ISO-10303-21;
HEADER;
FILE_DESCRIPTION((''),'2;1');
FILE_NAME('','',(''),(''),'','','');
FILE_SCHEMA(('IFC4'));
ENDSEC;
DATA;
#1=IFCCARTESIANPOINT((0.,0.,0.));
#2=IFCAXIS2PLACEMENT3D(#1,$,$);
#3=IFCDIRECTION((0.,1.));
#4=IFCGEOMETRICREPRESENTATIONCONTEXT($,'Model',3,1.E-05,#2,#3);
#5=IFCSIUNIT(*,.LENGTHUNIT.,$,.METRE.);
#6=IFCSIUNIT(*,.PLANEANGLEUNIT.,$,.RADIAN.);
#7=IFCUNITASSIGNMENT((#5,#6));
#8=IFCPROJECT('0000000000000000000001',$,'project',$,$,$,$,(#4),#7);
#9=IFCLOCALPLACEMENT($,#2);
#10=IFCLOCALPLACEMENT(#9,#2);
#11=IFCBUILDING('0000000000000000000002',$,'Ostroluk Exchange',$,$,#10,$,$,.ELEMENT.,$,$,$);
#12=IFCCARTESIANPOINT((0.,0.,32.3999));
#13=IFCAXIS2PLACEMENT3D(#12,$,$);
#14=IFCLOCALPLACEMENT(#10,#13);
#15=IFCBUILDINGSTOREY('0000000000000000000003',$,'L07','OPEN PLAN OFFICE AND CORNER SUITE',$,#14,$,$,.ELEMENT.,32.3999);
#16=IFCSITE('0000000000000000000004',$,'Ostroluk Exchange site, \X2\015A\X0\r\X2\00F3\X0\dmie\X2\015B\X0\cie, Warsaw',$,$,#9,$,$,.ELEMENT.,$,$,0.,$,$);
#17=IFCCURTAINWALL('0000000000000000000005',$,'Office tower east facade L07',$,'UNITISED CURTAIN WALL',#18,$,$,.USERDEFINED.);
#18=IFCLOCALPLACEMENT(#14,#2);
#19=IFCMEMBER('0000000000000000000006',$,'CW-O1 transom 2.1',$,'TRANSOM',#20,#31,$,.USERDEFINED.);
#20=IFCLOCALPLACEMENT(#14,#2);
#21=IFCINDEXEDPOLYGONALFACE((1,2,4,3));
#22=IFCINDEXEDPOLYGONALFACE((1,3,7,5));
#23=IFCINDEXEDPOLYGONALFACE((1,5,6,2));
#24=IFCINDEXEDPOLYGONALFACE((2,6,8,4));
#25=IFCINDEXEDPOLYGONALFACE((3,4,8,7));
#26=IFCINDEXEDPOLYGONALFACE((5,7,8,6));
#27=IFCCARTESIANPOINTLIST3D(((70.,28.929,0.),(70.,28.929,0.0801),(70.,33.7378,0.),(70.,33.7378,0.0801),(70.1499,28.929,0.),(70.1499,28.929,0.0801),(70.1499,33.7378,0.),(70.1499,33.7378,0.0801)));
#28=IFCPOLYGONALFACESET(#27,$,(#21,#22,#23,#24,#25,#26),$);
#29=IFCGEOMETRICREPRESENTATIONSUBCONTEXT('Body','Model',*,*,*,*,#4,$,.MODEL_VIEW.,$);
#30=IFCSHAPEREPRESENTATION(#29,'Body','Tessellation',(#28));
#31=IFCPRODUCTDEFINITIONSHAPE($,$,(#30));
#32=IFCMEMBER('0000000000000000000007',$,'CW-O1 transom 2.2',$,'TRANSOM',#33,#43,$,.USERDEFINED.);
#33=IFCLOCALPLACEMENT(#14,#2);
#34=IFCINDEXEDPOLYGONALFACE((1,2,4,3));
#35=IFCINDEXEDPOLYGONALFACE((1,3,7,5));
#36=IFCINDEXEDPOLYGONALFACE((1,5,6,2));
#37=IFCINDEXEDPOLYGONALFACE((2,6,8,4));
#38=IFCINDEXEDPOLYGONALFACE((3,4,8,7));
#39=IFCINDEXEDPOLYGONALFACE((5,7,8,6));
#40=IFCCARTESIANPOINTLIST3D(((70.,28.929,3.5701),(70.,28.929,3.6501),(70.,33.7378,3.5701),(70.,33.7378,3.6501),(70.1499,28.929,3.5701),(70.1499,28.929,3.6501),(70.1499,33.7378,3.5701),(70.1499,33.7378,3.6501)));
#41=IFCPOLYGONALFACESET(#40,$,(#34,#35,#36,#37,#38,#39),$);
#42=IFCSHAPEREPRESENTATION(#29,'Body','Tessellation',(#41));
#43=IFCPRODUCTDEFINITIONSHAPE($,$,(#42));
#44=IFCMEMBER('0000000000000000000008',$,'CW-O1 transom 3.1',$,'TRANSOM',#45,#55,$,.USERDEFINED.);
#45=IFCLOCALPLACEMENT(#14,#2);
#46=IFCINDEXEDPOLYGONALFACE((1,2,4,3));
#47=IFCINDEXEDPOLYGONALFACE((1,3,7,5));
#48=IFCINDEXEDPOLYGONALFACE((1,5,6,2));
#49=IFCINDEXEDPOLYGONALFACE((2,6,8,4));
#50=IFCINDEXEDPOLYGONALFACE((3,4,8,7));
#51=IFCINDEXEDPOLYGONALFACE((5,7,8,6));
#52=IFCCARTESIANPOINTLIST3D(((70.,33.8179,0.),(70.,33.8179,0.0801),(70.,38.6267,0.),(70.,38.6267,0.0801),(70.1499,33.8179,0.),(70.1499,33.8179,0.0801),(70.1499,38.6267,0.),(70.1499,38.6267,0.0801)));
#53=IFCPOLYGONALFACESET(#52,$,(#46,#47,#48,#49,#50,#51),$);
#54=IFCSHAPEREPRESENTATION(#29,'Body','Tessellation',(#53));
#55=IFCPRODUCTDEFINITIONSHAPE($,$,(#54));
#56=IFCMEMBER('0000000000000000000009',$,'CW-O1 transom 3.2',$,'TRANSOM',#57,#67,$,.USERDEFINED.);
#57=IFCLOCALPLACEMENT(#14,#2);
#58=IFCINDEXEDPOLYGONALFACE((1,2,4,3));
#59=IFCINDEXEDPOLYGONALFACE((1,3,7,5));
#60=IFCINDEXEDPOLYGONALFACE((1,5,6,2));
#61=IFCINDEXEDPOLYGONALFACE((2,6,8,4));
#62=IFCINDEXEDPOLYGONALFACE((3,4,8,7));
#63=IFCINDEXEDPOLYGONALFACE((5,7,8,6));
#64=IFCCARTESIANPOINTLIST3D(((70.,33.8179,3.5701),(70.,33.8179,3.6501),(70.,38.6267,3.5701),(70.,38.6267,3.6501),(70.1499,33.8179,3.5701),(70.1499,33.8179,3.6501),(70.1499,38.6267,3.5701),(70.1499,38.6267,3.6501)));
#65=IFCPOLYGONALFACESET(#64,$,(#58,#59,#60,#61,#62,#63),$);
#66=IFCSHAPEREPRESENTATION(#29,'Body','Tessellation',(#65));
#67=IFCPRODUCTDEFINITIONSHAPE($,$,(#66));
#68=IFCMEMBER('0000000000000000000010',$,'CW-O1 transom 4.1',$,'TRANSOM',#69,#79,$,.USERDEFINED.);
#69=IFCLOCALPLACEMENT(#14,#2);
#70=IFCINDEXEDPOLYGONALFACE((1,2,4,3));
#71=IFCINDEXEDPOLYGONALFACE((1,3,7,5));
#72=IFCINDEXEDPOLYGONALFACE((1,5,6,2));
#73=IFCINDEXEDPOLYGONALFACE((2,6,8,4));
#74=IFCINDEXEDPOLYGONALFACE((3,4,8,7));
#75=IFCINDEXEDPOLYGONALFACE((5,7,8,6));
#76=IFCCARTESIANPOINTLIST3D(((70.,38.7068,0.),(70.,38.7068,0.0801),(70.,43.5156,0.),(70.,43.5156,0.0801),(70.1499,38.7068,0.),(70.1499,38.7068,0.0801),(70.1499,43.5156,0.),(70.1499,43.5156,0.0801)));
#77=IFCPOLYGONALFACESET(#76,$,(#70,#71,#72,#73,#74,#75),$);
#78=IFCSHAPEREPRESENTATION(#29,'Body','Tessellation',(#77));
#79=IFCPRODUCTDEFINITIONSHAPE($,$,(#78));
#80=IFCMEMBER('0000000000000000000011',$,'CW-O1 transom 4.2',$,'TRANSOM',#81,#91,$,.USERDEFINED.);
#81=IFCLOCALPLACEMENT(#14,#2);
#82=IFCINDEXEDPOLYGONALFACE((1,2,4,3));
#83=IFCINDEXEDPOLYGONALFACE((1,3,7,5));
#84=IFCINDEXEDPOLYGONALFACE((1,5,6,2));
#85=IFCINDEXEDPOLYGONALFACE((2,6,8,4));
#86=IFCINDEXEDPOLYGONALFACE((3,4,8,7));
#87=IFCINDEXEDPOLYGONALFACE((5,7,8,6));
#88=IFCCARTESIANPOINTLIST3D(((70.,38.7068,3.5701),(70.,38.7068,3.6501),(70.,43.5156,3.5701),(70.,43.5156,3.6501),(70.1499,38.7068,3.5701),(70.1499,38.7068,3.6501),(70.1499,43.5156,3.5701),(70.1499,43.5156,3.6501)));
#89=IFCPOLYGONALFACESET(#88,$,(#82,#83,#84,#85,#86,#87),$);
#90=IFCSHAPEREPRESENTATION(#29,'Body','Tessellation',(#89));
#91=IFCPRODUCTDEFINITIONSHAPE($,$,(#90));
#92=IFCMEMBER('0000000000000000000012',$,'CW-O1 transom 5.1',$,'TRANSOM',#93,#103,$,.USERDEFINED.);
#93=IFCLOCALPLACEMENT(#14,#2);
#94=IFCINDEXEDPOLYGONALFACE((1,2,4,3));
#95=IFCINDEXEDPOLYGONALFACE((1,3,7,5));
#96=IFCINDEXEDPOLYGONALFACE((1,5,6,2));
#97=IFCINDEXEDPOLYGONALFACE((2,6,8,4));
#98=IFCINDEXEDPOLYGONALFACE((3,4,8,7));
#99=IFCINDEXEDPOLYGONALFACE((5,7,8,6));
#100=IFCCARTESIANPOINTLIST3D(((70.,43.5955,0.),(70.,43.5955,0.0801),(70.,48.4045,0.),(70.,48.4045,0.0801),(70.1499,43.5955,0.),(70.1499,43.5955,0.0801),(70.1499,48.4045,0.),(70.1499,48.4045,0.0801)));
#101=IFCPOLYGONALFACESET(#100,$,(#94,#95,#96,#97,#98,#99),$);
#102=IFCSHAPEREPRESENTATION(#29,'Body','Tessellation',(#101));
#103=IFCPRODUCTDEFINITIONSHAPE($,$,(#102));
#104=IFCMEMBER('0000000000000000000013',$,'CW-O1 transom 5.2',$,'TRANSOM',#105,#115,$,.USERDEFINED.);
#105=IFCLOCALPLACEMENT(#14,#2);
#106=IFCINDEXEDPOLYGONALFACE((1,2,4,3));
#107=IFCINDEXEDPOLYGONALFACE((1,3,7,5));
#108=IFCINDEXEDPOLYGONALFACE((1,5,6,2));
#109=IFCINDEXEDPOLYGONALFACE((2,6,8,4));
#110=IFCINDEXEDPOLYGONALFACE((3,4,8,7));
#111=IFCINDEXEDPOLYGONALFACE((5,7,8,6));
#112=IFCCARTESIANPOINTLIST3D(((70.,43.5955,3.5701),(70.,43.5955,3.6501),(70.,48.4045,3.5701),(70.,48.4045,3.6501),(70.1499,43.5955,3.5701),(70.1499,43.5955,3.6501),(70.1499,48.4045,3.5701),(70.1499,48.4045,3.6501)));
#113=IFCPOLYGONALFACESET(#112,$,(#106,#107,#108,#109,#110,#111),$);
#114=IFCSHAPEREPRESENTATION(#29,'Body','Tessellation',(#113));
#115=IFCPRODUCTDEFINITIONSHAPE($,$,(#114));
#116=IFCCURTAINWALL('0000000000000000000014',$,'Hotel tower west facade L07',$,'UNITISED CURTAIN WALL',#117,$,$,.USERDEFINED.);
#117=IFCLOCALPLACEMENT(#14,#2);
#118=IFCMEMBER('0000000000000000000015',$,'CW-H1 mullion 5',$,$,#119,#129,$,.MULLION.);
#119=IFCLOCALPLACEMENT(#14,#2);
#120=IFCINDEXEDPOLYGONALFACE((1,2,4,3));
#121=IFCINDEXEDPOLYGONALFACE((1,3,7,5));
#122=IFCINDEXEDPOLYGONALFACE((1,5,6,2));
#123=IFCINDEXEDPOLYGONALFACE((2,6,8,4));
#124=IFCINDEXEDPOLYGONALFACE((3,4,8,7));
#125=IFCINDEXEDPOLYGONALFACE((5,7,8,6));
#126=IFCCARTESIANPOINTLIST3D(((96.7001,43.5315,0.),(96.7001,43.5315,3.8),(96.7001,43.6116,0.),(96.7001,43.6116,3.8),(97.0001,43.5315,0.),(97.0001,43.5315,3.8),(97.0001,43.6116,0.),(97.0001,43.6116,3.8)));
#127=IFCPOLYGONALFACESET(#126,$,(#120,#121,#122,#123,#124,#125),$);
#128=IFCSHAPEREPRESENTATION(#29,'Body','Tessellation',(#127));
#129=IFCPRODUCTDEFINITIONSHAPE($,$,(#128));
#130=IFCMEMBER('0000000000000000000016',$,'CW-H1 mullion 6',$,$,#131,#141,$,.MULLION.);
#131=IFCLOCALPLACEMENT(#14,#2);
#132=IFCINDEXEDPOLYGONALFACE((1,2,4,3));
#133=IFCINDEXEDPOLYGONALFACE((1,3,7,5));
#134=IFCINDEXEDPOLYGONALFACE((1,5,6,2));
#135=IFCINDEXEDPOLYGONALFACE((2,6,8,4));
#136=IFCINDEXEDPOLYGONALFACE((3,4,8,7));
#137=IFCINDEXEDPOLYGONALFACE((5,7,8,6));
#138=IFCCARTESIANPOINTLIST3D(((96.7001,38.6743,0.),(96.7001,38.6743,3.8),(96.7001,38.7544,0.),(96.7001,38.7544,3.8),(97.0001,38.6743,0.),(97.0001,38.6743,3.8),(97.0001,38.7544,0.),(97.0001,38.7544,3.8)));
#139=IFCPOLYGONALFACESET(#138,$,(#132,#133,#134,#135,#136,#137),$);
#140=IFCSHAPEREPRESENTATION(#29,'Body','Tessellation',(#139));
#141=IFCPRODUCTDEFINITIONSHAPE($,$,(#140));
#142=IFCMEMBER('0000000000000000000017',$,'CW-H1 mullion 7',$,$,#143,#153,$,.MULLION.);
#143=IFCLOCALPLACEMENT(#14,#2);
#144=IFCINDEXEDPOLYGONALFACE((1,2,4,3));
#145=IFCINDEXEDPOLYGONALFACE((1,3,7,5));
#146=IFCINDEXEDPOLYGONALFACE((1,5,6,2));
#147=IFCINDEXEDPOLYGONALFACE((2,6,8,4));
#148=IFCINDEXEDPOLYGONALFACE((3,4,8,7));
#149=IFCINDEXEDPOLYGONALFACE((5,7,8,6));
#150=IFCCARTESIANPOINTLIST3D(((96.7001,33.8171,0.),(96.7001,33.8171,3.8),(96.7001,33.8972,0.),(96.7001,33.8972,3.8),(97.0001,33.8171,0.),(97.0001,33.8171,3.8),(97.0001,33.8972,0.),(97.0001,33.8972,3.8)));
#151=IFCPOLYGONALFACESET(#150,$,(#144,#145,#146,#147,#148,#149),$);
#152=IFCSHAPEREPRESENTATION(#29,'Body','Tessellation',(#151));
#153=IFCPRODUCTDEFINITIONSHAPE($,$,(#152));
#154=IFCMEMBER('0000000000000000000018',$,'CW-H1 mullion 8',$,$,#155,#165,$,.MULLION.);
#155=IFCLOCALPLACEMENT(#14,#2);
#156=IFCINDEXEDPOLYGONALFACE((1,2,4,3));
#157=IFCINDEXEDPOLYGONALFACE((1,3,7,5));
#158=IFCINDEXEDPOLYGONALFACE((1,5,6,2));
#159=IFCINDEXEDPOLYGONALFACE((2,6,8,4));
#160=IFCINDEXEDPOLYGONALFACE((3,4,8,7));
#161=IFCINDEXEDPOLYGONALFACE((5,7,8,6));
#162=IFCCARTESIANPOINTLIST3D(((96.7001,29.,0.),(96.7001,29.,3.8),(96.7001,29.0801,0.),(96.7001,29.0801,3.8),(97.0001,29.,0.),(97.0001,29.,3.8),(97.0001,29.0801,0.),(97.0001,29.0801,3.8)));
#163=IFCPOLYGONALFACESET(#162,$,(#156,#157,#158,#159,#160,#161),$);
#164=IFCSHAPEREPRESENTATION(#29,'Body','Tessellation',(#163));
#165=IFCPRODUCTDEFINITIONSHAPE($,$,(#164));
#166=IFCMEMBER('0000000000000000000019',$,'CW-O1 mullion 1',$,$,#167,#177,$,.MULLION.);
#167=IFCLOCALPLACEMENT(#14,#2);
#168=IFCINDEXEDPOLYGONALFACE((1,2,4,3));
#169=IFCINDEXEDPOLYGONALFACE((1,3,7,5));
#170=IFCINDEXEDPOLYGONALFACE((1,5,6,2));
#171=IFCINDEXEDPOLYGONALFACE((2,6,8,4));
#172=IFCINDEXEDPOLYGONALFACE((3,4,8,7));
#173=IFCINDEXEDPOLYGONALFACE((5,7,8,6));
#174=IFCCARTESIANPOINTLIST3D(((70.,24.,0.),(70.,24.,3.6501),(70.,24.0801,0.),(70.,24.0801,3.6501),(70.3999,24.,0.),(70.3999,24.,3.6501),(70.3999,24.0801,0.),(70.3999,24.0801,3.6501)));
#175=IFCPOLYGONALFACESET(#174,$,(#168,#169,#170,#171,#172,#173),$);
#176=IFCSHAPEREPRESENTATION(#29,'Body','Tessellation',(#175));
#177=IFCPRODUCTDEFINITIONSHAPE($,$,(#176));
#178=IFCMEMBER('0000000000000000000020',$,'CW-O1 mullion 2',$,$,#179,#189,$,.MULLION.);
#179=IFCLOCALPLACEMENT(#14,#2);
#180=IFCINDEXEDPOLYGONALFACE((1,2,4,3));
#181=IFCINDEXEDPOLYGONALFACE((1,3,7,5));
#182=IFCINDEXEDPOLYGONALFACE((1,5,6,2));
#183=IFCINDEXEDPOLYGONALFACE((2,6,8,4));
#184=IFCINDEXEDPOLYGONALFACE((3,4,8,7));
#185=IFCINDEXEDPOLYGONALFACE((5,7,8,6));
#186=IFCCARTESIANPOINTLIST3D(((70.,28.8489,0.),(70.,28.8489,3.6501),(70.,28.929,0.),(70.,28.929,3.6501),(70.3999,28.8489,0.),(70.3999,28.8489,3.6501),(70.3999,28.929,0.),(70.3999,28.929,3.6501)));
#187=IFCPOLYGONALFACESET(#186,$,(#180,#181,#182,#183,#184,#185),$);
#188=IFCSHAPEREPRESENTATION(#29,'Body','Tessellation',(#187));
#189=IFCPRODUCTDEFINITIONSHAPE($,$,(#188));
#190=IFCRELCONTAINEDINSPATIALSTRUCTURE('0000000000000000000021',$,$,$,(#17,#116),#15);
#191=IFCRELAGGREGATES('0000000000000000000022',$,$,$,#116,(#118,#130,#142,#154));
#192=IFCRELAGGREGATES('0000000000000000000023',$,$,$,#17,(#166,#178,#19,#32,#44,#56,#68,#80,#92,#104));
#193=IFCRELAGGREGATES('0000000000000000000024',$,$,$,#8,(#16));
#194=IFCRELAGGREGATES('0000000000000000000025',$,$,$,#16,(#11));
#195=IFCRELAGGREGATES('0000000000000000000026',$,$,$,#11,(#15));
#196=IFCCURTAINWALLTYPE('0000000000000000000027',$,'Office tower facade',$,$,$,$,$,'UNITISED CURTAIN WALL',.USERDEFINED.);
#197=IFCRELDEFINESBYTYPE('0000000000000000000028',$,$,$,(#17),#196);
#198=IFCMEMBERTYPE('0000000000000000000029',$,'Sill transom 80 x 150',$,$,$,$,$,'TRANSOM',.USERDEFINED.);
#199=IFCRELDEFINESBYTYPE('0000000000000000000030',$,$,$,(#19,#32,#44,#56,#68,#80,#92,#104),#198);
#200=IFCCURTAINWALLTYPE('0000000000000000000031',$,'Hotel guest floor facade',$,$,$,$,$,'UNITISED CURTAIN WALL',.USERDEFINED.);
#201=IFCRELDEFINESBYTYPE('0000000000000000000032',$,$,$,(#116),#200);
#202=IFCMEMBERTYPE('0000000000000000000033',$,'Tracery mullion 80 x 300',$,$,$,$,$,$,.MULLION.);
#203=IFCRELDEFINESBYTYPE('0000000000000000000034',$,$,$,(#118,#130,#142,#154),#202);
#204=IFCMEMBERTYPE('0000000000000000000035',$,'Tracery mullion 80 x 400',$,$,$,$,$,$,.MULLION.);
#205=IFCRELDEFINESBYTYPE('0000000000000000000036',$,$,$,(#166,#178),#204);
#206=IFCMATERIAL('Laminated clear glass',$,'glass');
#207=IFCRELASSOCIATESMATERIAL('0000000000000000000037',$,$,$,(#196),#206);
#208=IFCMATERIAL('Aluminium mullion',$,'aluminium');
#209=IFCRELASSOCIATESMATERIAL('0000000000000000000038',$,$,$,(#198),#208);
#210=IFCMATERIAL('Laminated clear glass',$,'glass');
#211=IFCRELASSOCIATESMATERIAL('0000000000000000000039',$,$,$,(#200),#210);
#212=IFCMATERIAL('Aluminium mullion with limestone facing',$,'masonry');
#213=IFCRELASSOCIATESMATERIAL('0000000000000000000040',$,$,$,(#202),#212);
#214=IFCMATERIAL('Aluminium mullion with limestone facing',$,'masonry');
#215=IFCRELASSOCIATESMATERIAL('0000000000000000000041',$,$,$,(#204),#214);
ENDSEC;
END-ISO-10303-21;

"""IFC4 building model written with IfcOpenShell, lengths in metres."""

from ifc_helpers import new_model, si_unit, direction, frame, origin, origin_2d, place, context, subcontext, project, spatial, rectangle, extrude, material, material_profile, profile_set, type_object, element, aggregate, save


model = new_model("IFC4")

# Units and contexts
model_context = context("Model", 3, precision=1e-05, world=origin(), true_north=direction((0.0, 1.0)))
body_context = subcontext(model_context, "Body", "Model", "MODEL_VIEW")
ifc_project = project(units=[si_unit("LENGTHUNIT", "METRE"), si_unit("PLANEANGLEUNIT", "RADIAN")], contexts=[model_context])

# Site, building, storey
site_placement = place(None, origin())
site = spatial("IfcSite", under=ifc_project, at=site_placement, Name="Ostroluk Exchange site, Śródmieście, Warsaw", CompositionType="ELEMENT", RefElevation=0.0)
building_placement = place(site_placement, origin())
building = spatial("IfcBuilding", under=site, at=building_placement, Name="Ostroluk Exchange", CompositionType="ELEMENT")
storey_placement = place(building_placement, frame((0.0, 0.0, 32.3999)))
storey = spatial("IfcBuildingStorey", under=building, at=storey_placement, Name="L07", Description="OPEN PLAN OFFICE AND CORNER SUITE", CompositionType="ELEMENT", Elevation=32.3999)

# Curtain walls, members
ifc_material_1 = material(Name="Laminated clear glass", Category="glass")
curtain_wall_type_1 = type_object("IfcCurtainWallType", Name="Office tower facade", ElementType="UNITISED CURTAIN WALL", PredefinedType="USERDEFINED", material=ifc_material_1)
curtain_wall_1_placement = place(storey_placement, origin())
curtain_wall_1 = element("IfcCurtainWall", 1, at=curtain_wall_1_placement, inside=storey, type_object=curtain_wall_type_1, Name="Office tower east facade L07", ObjectType="UNITISED CURTAIN WALL", PredefinedType="USERDEFINED")
ifc_material_2 = material(Name="Aluminium mullion", Category="aluminium")
ifc_material_profile_1 = material_profile(ifc_material_2, rectangle(XDim=0.1499, YDim=0.0801, at=origin_2d()), Name="Sill transom 80 x 150")
ifc_profile_set_1 = profile_set([ifc_material_profile_1], Name="Aluminium mullion")
member_type_1 = type_object("IfcMemberType", Name="Sill transom 80 x 150", ElementType="TRANSOM", PredefinedType="USERDEFINED", material=ifc_profile_set_1)
member_1_placement = place(storey_placement, frame((70.075, 28.929, 0.04), z_axis=(0.0, 1.0, 0.0), x_axis=(-1.0, 0.0, 0.0)))
member_1 = element("IfcMember", 2, at=member_1_placement, type_object=member_type_1, Name="CW-O1 transom 2.1", ObjectType="TRANSOM", PredefinedType="USERDEFINED", context=body_context, shape_type="SweptSolid", body=[
    extrude(rectangle(XDim=0.1499, YDim=0.0801, at=origin_2d()), origin(), (0.0, 0.0, 1.0), 4.8088),
])
member_2_placement = place(storey_placement, frame((70.075, 28.929, 3.6101), z_axis=(0.0, 1.0, 0.0), x_axis=(-1.0, 0.0, 0.0)))
member_2 = element("IfcMember", 3, at=member_2_placement, type_object=member_type_1, Name="CW-O1 transom 2.2", ObjectType="TRANSOM", PredefinedType="USERDEFINED", context=body_context, shape_type="SweptSolid", body=[
    extrude(rectangle(XDim=0.1499, YDim=0.0801, at=origin_2d()), origin(), (0.0, 0.0, 1.0), 4.8088),
])
member_3_placement = place(storey_placement, frame((70.075, 33.8179, 0.04), z_axis=(0.0, 1.0, 0.0), x_axis=(-1.0, 0.0, 0.0)))
member_3 = element("IfcMember", 4, at=member_3_placement, type_object=member_type_1, Name="CW-O1 transom 3.1", ObjectType="TRANSOM", PredefinedType="USERDEFINED", context=body_context, shape_type="SweptSolid", body=[
    extrude(rectangle(XDim=0.1499, YDim=0.0801, at=origin_2d()), origin(), (0.0, 0.0, 1.0), 4.8088),
])
member_4_placement = place(storey_placement, frame((70.075, 33.8179, 3.6101), z_axis=(0.0, 1.0, 0.0), x_axis=(-1.0, 0.0, 0.0)))
member_4 = element("IfcMember", 5, at=member_4_placement, type_object=member_type_1, Name="CW-O1 transom 3.2", ObjectType="TRANSOM", PredefinedType="USERDEFINED", context=body_context, shape_type="SweptSolid", body=[
    extrude(rectangle(XDim=0.1499, YDim=0.0801, at=origin_2d()), origin(), (0.0, 0.0, 1.0), 4.8088),
])
member_5_placement = place(storey_placement, frame((70.075, 38.7068, 0.04), z_axis=(0.0, 1.0, 0.0), x_axis=(-1.0, 0.0, 0.0)))
member_5 = element("IfcMember", 6, at=member_5_placement, type_object=member_type_1, Name="CW-O1 transom 4.1", ObjectType="TRANSOM", PredefinedType="USERDEFINED", context=body_context, shape_type="SweptSolid", body=[
    extrude(rectangle(XDim=0.1499, YDim=0.0801, at=origin_2d()), origin(), (0.0, 0.0, 1.0), 4.8088),
])
member_6_placement = place(storey_placement, frame((70.075, 38.7068, 3.6101), z_axis=(0.0, 1.0, 0.0), x_axis=(-1.0, 0.0, 0.0)))
member_6 = element("IfcMember", 7, at=member_6_placement, type_object=member_type_1, Name="CW-O1 transom 4.2", ObjectType="TRANSOM", PredefinedType="USERDEFINED", context=body_context, shape_type="SweptSolid", body=[
    extrude(rectangle(XDim=0.1499, YDim=0.0801, at=origin_2d()), origin(), (0.0, 0.0, 1.0), 4.8088),
])
member_7_placement = place(storey_placement, frame((70.075, 43.5955, 0.04), z_axis=(0.0, 1.0, 0.0), x_axis=(-1.0, 0.0, 0.0)))
member_7 = element("IfcMember", 8, at=member_7_placement, type_object=member_type_1, Name="CW-O1 transom 5.1", ObjectType="TRANSOM", PredefinedType="USERDEFINED", context=body_context, shape_type="SweptSolid", body=[
    extrude(rectangle(XDim=0.1499, YDim=0.0801, at=origin_2d()), origin(), (0.0, 0.0, 1.0), 4.8091),
])
member_8_placement = place(storey_placement, frame((70.075, 43.5955, 3.6101), z_axis=(0.0, 1.0, 0.0), x_axis=(-1.0, 0.0, 0.0)))
member_8 = element("IfcMember", 9, at=member_8_placement, type_object=member_type_1, Name="CW-O1 transom 5.2", ObjectType="TRANSOM", PredefinedType="USERDEFINED", context=body_context, shape_type="SweptSolid", body=[
    extrude(rectangle(XDim=0.1499, YDim=0.0801, at=origin_2d()), origin(), (0.0, 0.0, 1.0), 4.8091),
])
ifc_material_3 = material(Name="Laminated clear glass", Category="glass")
curtain_wall_type_2 = type_object("IfcCurtainWallType", Name="Hotel guest floor facade", ElementType="UNITISED CURTAIN WALL", PredefinedType="USERDEFINED", material=ifc_material_3)
curtain_wall_2_placement = place(storey_placement, origin())
curtain_wall_2 = element("IfcCurtainWall", 10, at=curtain_wall_2_placement, inside=storey, type_object=curtain_wall_type_2, Name="Hotel tower west facade L07", ObjectType="UNITISED CURTAIN WALL", PredefinedType="USERDEFINED")
ifc_material_4 = material(Name="Aluminium mullion with limestone facing", Category="masonry")
ifc_material_profile_2 = material_profile(ifc_material_4, rectangle(XDim=0.3, YDim=0.0801, at=origin_2d()), Name="Tracery mullion 80 x 300")
ifc_profile_set_2 = profile_set([ifc_material_profile_2], Name="Aluminium mullion with limestone facing")
member_type_2 = type_object("IfcMemberType", Name="Tracery mullion 80 x 300", PredefinedType="MULLION", material=ifc_profile_set_2)
member_9_placement = place(storey_placement, frame((96.8501, 43.5715, 0.0), z_axis=(0.0, 0.0, 1.0), x_axis=(1.0, 0.0, 0.0)))
member_9 = element("IfcMember", 11, at=member_9_placement, type_object=member_type_2, Name="CW-H1 mullion 5", PredefinedType="MULLION", context=body_context, shape_type="SweptSolid", body=[
    extrude(rectangle(XDim=0.3, YDim=0.0801, at=origin_2d()), origin(), (0.0, 0.0, 1.0), 3.8),
])
member_10_placement = place(storey_placement, frame((96.8501, 38.7144, 0.0), z_axis=(0.0, 0.0, 1.0), x_axis=(1.0, 0.0, 0.0)))
member_10 = element("IfcMember", 12, at=member_10_placement, type_object=member_type_2, Name="CW-H1 mullion 6", PredefinedType="MULLION", context=body_context, shape_type="SweptSolid", body=[
    extrude(rectangle(XDim=0.3, YDim=0.0801, at=origin_2d()), origin(), (0.0, 0.0, 1.0), 3.8),
])
member_11_placement = place(storey_placement, frame((96.8501, 33.8572, 0.0), z_axis=(0.0, 0.0, 1.0), x_axis=(1.0, 0.0, 0.0)))
member_11 = element("IfcMember", 13, at=member_11_placement, type_object=member_type_2, Name="CW-H1 mullion 7", PredefinedType="MULLION", context=body_context, shape_type="SweptSolid", body=[
    extrude(rectangle(XDim=0.3, YDim=0.0801, at=origin_2d()), origin(), (0.0, 0.0, 1.0), 3.8),
])
member_12_placement = place(storey_placement, frame((96.8501, 29.04, 0.0), z_axis=(0.0, 0.0, 1.0), x_axis=(1.0, 0.0, 0.0)))
member_12 = element("IfcMember", 14, at=member_12_placement, type_object=member_type_2, Name="CW-H1 mullion 8", PredefinedType="MULLION", context=body_context, shape_type="SweptSolid", body=[
    extrude(rectangle(XDim=0.3, YDim=0.0801, at=origin_2d()), origin(), (0.0, 0.0, 1.0), 3.8),
])
aggregate(curtain_wall_2, [member_9, member_10, member_11, member_12])

# Members
ifc_material_5 = material(Name="Aluminium mullion with limestone facing", Category="masonry")
ifc_material_profile_3 = material_profile(ifc_material_5, rectangle(XDim=0.3999, YDim=0.0801, at=origin_2d()), Name="Tracery mullion 80 x 400")
ifc_profile_set_3 = profile_set([ifc_material_profile_3], Name="Aluminium mullion with limestone facing")
member_type_3 = type_object("IfcMemberType", Name="Tracery mullion 80 x 400", PredefinedType="MULLION", material=ifc_profile_set_3)
member_13_placement = place(storey_placement, frame((70.2, 24.04, 0.0), z_axis=(0.0, 0.0, 1.0), x_axis=(-1.0, 0.0, 0.0)))
member_13 = element("IfcMember", 15, at=member_13_placement, type_object=member_type_3, Name="CW-O1 mullion 1", PredefinedType="MULLION", context=body_context, shape_type="SweptSolid", body=[
    extrude(rectangle(XDim=0.3999, YDim=0.0801, at=origin_2d()), origin(), (0.0, 0.0, 1.0), 3.6501),
])
member_14_placement = place(storey_placement, frame((70.2, 28.8889, 0.0), z_axis=(0.0, 0.0, 1.0), x_axis=(-1.0, 0.0, 0.0)))
member_14 = element("IfcMember", 16, at=member_14_placement, type_object=member_type_3, Name="CW-O1 mullion 2", PredefinedType="MULLION", context=body_context, shape_type="SweptSolid", body=[
    extrude(rectangle(XDim=0.3999, YDim=0.0801, at=origin_2d()), origin(), (0.0, 0.0, 1.0), 3.6501),
])

aggregate(curtain_wall_1, [member_13, member_14, member_1, member_2, member_3, member_4, member_5, member_6, member_7, member_8])

save(model, "model.ifc")
